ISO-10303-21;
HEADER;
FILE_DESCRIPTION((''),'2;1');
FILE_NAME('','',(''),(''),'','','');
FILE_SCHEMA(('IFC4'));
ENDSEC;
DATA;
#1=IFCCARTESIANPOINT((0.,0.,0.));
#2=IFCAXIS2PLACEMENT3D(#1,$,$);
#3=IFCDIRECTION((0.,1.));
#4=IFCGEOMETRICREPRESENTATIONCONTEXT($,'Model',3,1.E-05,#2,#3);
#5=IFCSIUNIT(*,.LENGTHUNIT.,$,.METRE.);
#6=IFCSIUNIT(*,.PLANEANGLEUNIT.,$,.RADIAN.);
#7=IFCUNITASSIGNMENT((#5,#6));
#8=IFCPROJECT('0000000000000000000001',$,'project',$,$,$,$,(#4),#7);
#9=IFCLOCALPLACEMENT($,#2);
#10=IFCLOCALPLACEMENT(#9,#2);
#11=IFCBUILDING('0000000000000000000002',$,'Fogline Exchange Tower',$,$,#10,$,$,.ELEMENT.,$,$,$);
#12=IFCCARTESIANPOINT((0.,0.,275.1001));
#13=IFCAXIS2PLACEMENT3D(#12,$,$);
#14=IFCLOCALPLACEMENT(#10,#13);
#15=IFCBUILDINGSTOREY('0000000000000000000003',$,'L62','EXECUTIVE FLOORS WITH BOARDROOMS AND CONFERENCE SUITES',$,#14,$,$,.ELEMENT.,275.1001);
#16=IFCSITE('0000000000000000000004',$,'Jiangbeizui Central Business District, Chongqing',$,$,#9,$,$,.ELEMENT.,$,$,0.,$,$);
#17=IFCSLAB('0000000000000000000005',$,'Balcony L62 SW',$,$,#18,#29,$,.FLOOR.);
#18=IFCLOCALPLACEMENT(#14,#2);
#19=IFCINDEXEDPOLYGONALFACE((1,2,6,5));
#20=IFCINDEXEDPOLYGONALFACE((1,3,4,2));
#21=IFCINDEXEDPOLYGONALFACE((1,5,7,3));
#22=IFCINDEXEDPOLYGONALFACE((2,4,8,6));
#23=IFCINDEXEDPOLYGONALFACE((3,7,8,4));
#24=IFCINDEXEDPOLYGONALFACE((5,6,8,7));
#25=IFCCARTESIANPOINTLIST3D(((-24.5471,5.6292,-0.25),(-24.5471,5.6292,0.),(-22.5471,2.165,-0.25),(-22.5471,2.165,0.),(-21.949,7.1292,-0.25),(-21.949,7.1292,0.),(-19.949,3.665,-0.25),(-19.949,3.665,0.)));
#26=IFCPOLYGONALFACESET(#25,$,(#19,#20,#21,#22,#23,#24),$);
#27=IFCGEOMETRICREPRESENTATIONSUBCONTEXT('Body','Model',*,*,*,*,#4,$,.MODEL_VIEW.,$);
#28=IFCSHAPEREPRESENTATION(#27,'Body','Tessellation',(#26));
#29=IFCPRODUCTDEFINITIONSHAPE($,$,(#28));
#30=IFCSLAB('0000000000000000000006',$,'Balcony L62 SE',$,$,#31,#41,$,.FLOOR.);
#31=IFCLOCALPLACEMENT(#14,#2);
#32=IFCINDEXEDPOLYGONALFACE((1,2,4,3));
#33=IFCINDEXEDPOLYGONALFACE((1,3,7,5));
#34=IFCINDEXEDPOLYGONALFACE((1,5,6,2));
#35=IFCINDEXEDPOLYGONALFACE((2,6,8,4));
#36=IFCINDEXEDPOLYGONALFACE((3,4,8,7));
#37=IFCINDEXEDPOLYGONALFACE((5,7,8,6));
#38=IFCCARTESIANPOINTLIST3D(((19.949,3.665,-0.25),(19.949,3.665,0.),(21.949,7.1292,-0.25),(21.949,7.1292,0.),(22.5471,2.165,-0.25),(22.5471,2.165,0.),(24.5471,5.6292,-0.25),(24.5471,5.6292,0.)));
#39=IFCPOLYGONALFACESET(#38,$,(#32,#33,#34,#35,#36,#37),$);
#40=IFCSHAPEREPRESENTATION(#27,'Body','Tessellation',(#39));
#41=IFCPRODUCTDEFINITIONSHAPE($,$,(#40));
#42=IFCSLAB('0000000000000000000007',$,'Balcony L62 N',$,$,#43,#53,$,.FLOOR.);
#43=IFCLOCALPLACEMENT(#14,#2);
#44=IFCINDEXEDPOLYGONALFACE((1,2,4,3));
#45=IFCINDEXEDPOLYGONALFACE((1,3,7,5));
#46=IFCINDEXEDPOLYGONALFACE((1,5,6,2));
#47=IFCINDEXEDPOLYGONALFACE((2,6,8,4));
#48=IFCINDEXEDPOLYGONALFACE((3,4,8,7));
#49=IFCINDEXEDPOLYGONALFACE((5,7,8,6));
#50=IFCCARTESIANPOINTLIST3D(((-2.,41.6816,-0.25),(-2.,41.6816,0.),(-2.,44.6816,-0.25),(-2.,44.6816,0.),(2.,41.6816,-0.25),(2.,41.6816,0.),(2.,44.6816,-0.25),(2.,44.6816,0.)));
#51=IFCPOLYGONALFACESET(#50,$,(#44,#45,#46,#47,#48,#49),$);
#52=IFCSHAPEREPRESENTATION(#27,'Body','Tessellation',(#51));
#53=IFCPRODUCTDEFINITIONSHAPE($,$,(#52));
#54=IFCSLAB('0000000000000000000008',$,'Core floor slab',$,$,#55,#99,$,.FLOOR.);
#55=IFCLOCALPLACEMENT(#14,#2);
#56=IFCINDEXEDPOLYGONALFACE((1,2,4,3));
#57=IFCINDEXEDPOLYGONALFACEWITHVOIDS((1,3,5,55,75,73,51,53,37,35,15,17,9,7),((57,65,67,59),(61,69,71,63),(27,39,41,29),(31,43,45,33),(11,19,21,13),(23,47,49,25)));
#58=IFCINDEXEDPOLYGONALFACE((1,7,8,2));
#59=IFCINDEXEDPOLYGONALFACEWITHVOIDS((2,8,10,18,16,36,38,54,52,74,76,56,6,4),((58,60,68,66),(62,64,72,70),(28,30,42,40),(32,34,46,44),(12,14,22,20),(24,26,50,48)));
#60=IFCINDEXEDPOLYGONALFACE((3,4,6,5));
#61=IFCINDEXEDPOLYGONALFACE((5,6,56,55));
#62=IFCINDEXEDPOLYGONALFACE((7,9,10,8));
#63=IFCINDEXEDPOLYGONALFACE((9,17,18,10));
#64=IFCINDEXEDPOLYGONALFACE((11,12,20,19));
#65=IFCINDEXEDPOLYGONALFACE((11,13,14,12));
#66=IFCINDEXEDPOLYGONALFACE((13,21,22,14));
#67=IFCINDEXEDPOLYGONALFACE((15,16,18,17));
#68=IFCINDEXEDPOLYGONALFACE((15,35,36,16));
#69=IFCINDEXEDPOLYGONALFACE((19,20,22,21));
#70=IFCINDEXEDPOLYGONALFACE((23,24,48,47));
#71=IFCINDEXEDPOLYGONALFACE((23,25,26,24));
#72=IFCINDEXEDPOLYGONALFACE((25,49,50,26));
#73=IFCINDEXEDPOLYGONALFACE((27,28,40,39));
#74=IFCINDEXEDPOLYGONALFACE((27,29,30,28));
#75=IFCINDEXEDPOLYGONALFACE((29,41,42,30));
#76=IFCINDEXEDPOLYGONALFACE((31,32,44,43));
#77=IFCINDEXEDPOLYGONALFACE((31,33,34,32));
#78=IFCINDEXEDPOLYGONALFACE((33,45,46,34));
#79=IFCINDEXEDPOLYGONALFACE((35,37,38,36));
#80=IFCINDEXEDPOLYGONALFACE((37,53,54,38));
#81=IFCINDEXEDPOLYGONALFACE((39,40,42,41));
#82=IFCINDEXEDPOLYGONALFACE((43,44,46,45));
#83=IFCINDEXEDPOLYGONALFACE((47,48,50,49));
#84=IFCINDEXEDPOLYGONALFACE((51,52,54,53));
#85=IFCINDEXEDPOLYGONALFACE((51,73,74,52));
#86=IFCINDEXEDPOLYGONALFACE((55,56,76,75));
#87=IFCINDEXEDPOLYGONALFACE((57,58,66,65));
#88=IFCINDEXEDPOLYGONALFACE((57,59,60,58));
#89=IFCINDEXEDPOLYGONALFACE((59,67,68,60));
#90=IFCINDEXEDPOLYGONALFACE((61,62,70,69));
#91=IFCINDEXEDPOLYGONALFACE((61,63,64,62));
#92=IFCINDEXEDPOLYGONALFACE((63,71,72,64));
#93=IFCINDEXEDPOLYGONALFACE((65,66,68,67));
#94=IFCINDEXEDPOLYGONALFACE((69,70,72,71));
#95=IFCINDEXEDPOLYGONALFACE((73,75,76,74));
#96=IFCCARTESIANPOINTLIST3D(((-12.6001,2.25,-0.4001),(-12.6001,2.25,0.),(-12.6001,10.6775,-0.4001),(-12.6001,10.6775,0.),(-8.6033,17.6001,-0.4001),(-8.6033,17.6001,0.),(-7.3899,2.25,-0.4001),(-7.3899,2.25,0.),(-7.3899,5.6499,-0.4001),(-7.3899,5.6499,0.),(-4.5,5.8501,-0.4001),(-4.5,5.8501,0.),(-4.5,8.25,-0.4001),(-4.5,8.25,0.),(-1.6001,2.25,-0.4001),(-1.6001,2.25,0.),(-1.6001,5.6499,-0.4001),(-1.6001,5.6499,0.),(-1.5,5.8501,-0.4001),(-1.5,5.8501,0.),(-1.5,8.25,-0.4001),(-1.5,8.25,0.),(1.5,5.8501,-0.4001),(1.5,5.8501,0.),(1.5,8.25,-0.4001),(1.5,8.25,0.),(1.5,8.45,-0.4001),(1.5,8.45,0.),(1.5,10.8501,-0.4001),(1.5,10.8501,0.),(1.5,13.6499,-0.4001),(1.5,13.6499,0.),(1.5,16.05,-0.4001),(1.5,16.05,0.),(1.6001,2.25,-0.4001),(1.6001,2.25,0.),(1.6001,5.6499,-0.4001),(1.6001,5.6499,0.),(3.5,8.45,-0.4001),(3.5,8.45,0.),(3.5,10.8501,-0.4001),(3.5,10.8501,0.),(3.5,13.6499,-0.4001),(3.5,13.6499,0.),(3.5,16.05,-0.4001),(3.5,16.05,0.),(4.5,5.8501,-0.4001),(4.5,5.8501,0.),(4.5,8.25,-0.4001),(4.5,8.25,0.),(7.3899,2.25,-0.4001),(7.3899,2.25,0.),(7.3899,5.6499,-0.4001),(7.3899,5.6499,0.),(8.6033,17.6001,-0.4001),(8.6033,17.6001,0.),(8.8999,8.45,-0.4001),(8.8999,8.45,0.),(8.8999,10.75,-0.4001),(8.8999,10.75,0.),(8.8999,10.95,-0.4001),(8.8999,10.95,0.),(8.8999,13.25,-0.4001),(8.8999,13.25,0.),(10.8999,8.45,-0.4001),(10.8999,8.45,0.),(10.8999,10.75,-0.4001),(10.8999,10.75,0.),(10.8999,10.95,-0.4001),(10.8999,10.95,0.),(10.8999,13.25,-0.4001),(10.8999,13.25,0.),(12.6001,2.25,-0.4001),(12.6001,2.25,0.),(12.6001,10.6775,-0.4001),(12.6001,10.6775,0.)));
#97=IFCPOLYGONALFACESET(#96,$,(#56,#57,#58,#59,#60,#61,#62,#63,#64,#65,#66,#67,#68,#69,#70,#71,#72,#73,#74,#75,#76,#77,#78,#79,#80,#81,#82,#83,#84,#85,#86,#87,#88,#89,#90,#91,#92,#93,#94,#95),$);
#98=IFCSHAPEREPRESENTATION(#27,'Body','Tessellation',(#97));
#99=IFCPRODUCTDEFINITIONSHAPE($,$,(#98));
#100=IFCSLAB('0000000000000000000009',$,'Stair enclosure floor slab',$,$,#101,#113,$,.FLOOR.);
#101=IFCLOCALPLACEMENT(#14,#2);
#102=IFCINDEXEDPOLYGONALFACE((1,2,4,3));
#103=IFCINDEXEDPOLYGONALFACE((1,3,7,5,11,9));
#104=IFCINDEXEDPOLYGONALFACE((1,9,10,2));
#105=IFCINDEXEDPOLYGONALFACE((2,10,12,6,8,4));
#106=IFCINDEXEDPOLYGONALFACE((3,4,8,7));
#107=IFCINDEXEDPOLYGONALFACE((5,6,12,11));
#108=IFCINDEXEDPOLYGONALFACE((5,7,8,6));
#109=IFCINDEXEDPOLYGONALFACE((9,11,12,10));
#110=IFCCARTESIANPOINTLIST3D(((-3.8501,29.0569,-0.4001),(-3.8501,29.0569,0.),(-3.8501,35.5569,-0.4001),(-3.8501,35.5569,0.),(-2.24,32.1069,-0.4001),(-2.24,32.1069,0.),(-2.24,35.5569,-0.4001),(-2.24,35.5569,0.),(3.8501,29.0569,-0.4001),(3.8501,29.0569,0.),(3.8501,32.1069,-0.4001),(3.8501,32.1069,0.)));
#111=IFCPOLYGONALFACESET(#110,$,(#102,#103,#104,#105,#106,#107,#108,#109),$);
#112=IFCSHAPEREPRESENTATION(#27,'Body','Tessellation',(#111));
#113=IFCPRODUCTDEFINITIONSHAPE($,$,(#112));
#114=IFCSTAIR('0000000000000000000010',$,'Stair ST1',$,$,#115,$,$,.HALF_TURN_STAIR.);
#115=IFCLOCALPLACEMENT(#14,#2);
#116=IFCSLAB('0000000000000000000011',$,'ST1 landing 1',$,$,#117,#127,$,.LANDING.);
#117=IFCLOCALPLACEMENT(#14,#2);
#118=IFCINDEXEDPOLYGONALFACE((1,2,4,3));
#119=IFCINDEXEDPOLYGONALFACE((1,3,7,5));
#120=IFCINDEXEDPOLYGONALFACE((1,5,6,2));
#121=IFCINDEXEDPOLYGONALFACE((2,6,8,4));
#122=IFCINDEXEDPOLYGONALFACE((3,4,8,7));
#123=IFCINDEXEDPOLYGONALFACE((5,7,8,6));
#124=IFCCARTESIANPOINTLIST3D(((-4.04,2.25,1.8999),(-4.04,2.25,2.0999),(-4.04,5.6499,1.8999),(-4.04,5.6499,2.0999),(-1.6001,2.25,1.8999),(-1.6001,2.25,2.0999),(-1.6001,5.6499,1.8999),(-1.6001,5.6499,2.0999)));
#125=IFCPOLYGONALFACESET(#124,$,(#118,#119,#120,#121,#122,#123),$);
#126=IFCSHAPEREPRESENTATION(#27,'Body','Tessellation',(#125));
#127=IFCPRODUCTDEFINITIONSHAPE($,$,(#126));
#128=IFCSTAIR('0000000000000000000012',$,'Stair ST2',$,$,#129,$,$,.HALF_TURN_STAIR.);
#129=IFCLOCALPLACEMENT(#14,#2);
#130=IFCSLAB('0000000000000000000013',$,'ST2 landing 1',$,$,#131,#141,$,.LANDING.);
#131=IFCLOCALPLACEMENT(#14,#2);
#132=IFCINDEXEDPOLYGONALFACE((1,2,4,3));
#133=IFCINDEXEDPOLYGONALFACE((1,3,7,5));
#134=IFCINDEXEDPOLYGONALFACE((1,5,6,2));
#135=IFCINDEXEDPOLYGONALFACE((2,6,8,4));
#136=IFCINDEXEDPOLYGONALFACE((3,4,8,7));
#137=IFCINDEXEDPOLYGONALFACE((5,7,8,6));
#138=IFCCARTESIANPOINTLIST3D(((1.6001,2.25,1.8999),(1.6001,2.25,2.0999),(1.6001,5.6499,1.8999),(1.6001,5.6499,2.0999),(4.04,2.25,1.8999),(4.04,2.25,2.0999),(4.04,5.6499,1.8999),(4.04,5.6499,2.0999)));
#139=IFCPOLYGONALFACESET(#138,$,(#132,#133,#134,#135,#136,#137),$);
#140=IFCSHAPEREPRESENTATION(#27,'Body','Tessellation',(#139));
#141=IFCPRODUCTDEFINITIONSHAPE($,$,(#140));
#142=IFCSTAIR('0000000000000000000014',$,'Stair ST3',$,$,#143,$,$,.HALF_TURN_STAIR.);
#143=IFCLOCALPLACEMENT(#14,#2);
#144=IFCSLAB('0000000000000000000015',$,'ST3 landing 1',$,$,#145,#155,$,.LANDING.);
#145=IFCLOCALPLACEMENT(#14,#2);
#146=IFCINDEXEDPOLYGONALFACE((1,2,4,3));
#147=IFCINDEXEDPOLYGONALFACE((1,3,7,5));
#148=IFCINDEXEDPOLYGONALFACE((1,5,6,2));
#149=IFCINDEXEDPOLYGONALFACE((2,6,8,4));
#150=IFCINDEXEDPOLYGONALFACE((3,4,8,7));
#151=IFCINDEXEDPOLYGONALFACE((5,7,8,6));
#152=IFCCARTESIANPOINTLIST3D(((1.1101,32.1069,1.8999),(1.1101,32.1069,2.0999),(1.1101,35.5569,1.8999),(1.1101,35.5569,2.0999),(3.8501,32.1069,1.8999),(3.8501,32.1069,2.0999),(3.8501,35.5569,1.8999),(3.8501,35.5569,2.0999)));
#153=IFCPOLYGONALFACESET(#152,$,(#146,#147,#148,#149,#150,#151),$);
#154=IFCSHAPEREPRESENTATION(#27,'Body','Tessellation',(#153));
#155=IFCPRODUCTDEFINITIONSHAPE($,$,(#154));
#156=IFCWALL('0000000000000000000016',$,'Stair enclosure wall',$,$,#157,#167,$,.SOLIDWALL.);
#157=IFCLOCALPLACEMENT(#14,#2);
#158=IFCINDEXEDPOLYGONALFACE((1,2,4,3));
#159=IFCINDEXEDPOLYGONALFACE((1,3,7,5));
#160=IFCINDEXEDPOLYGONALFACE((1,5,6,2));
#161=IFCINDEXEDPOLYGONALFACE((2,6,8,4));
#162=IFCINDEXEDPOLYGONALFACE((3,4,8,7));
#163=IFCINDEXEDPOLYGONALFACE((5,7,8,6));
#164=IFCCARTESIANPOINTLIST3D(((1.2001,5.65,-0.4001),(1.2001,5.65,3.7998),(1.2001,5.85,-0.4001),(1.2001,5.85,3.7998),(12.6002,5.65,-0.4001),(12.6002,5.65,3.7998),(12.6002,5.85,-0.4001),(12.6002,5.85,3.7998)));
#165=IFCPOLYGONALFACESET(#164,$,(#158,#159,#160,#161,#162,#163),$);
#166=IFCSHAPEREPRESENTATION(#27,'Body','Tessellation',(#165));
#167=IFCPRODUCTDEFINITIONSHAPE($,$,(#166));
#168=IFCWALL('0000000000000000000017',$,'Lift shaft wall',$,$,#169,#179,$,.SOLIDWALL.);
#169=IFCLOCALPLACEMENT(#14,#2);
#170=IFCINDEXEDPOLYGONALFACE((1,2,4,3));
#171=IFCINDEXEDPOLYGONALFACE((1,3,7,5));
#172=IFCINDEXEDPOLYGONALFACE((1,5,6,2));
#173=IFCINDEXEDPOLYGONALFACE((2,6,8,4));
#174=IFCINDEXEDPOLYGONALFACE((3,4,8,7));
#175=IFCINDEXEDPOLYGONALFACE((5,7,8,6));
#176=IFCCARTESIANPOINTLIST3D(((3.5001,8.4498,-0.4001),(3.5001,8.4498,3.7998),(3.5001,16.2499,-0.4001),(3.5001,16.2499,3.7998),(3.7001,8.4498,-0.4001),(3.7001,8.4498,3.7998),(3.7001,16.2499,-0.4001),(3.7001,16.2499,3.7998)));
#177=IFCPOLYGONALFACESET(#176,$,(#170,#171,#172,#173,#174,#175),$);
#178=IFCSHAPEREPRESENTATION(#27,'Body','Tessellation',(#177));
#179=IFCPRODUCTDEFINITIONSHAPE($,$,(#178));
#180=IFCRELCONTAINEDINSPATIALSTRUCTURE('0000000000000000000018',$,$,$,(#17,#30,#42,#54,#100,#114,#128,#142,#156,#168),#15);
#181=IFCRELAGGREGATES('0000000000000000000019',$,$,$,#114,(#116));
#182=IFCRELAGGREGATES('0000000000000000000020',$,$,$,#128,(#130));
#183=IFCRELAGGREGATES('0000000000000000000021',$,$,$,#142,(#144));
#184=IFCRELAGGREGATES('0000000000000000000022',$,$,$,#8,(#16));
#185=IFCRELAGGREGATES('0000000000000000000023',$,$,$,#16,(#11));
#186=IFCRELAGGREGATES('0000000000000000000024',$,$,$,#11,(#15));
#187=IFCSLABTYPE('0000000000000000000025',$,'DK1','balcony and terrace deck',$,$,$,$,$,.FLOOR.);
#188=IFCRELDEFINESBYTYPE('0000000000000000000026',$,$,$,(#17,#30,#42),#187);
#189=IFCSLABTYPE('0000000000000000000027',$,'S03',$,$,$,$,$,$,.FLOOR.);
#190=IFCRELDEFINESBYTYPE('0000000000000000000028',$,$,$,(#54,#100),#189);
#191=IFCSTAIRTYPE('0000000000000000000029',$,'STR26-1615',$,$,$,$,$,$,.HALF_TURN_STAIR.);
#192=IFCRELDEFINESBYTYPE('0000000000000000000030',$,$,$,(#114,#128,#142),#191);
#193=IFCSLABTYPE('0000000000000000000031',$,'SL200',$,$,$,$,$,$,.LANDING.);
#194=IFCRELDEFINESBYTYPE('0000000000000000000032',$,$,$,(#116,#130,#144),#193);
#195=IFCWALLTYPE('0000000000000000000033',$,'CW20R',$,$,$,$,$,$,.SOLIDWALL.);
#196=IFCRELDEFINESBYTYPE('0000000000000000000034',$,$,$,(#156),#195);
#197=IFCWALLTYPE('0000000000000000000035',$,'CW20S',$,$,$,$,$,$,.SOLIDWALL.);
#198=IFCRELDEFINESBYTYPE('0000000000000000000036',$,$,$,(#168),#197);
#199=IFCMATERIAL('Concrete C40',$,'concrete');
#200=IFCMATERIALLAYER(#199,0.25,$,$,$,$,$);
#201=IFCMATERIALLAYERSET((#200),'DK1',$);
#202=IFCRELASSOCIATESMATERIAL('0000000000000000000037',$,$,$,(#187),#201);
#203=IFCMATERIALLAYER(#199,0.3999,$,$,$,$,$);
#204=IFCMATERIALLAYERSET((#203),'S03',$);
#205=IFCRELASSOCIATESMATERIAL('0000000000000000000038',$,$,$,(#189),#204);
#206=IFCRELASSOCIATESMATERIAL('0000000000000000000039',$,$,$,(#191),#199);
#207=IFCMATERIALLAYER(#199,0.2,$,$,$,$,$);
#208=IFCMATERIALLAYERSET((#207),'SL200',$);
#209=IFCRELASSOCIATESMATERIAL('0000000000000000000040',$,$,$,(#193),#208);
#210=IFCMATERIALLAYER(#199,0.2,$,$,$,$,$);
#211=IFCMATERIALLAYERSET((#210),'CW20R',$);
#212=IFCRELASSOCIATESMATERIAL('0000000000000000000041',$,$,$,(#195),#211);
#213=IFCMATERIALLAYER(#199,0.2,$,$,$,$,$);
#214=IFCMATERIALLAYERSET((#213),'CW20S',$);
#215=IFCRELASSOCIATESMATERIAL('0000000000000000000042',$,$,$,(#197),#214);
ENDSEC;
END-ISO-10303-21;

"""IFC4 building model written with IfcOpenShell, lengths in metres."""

from ifc_helpers import new_model, si_unit, direction, frame, frame_2d, origin, place, context, subcontext, project, spatial, polyline, rectangle, outline, extrude, material, layer, layer_set, type_object, element, aggregate, save


model = new_model("IFC4")

# Units and contexts
model_context = context("Model", 3, precision=1e-05, world=origin(), true_north=direction((0.0, 1.0)))
body_context = subcontext(model_context, "Body", "Model", "MODEL_VIEW")
ifc_project = project(units=[si_unit("LENGTHUNIT", "METRE"), si_unit("PLANEANGLEUNIT", "RADIAN")], contexts=[model_context])

# Site, building, storey
site_placement = place(None, origin())
site = spatial("IfcSite", under=ifc_project, at=site_placement, Name="Jiangbeizui Central Business District, Chongqing", CompositionType="ELEMENT", RefElevation=0.0)
building_placement = place(site_placement, origin())
building = spatial("IfcBuilding", under=site, at=building_placement, Name="Fogline Exchange Tower", CompositionType="ELEMENT")
storey_placement = place(building_placement, frame((0.0, 0.0, 275.1001)))
storey = spatial("IfcBuildingStorey", under=building, at=storey_placement, Name="L62", Description="EXECUTIVE FLOORS WITH BOARDROOMS AND CONFERENCE SUITES", CompositionType="ELEMENT", Elevation=275.1001)

# Slabs
ifc_material_1 = material(Name="Concrete C40", Category="concrete")
ifc_layer_1 = layer(ifc_material_1, 0.25)
ifc_layer_set_1 = layer_set([ifc_layer_1], Name="DK1")
slab_type_1 = type_object("IfcSlabType", Name="DK1", Description="balcony and terrace deck", PredefinedType="FLOOR", material=ifc_layer_set_1)
slab_1_placement = place(storey_placement, frame((0.0, 0.0, -0.25)))
element("IfcSlab", 1, at=slab_1_placement, inside=storey, type_object=slab_type_1, Name="Balcony L62 SW", PredefinedType="FLOOR", context=body_context, shape_type="SweptSolid", body=[
    extrude(outline(polyline([(-24.5471, 5.6292), (-22.5471, 2.165), (-19.949, 3.665), (-21.949, 7.1292), (-24.5471, 5.6292)])), origin(), (0.0, 0.0, 1.0), 0.25),
])
slab_2_placement = place(storey_placement, frame((0.0, 0.0, -0.25)))
element("IfcSlab", 2, at=slab_2_placement, inside=storey, type_object=slab_type_1, Name="Balcony L62 SE", PredefinedType="FLOOR", context=body_context, shape_type="SweptSolid", body=[
    extrude(outline(polyline([(22.5471, 2.165), (24.5471, 5.6292), (21.949, 7.1292), (19.949, 3.665), (22.5471, 2.165)])), origin(), (0.0, 0.0, 1.0), 0.25),
])
slab_3_placement = place(storey_placement, frame((0.0, 0.0, -0.25)))
element("IfcSlab", 3, at=slab_3_placement, inside=storey, type_object=slab_type_1, Name="Balcony L62 N", PredefinedType="FLOOR", context=body_context, shape_type="SweptSolid", body=[
    extrude(outline(polyline([(2.0, 44.6816), (-2.0, 44.6816), (-2.0, 41.6816), (2.0, 41.6816), (2.0, 44.6816)])), origin(), (0.0, 0.0, 1.0), 0.25),
])
ifc_layer_2 = layer(ifc_material_1, 0.3999)
ifc_layer_set_2 = layer_set([ifc_layer_2], Name="S03")
slab_type_2 = type_object("IfcSlabType", Name="S03", PredefinedType="FLOOR", material=ifc_layer_set_2)
slab_4_placement = place(storey_placement, frame((0.0, 0.0, -0.4001)))
element("IfcSlab", 4, at=slab_4_placement, inside=storey, type_object=slab_type_2, Name="Core floor slab", PredefinedType="FLOOR", context=body_context, shape_type="SweptSolid", body=[
    extrude(outline(polyline([(-12.6001, 2.25), (-12.6001, 10.6775), (-8.6033, 17.6001), (8.6033, 17.6001), (12.6001, 10.6775), (12.6001, 2.25), (7.3899, 2.25), (7.3899, 5.6499), (1.6001, 5.6499), (1.6001, 2.25), (-1.6001, 2.25), (-1.6001, 5.6499), (-7.3899, 5.6499), (-7.3899, 2.25), (-12.6001, 2.25)]), holes=[polyline([(-4.5, 8.25), (-4.5, 5.8501), (-1.5, 5.8501), (-1.5, 8.25), (-4.5, 8.25)]), polyline([(1.5, 8.25), (1.5, 5.8501), (4.5, 5.8501), (4.5, 8.25), (1.5, 8.25)]), polyline([(8.8999, 10.75), (8.8999, 8.45), (10.8999, 8.45), (10.8999, 10.75), (8.8999, 10.75)]), polyline([(1.5, 10.8501), (1.5, 8.45), (3.5, 8.45), (3.5, 10.8501), (1.5, 10.8501)]), polyline([(8.8999, 13.25), (8.8999, 10.95), (10.8999, 10.95), (10.8999, 13.25), (8.8999, 13.25)]), polyline([(1.5, 16.05), (1.5, 13.6499), (3.5, 13.6499), (3.5, 16.05), (1.5, 16.05)])]), origin(), (0.0, 0.0, 1.0), 0.4001),
])
slab_5_placement = place(storey_placement, frame((0.0, 0.0, -0.4001)))
element("IfcSlab", 5, at=slab_5_placement, inside=storey, type_object=slab_type_2, Name="Stair enclosure floor slab", PredefinedType="FLOOR", context=body_context, shape_type="SweptSolid", body=[
    extrude(outline(polyline([(3.8501, 29.0569), (-3.8501, 29.0569), (-3.8501, 35.5569), (-2.24, 35.5569), (-2.24, 32.1069), (3.8501, 32.1069), (3.8501, 29.0569)])), origin(), (0.0, 0.0, 1.0), 0.4001),
])

# Stairs, slabs
stair_type = type_object("IfcStairType", Name="STR26-1615", PredefinedType="HALF_TURN_STAIR", material=ifc_material_1)
stair_1_placement = place(storey_placement, origin())
stair_1 = element("IfcStair", 6, at=stair_1_placement, inside=storey, type_object=stair_type, Name="Stair ST1", PredefinedType="HALF_TURN_STAIR")
ifc_layer_3 = layer(ifc_material_1, 0.2)
ifc_layer_set_3 = layer_set([ifc_layer_3], Name="SL200")
slab_type_3 = type_object("IfcSlabType", Name="SL200", PredefinedType="LANDING", material=ifc_layer_set_3)
slab_6_placement = place(storey_placement, frame((0.0, 0.0, 1.8999)))
slab_6 = element("IfcSlab", 7, at=slab_6_placement, type_object=slab_type_3, Name="ST1 landing 1", PredefinedType="LANDING", context=body_context, shape_type="SweptSolid", body=[
    extrude(outline(polyline([(-4.04, 2.25), (-1.6001, 2.25), (-1.6001, 5.6499), (-4.04, 5.6499), (-4.04, 2.25)])), origin(), (0.0, 0.0, 1.0), 0.2),
])
aggregate(stair_1, [slab_6])
stair_2_placement = place(storey_placement, origin())
stair_2 = element("IfcStair", 8, at=stair_2_placement, inside=storey, type_object=stair_type, Name="Stair ST2", PredefinedType="HALF_TURN_STAIR")
slab_7_placement = place(storey_placement, frame((0.0, 0.0, 1.8999)))
slab_7 = element("IfcSlab", 9, at=slab_7_placement, type_object=slab_type_3, Name="ST2 landing 1", PredefinedType="LANDING", context=body_context, shape_type="SweptSolid", body=[
    extrude(outline(polyline([(1.6001, 2.25), (4.04, 2.25), (4.04, 5.6499), (1.6001, 5.6499), (1.6001, 2.25)])), origin(), (0.0, 0.0, 1.0), 0.2),
])
aggregate(stair_2, [slab_7])
stair_3_placement = place(storey_placement, origin())
stair_3 = element("IfcStair", 10, at=stair_3_placement, inside=storey, type_object=stair_type, Name="Stair ST3", PredefinedType="HALF_TURN_STAIR")
slab_8_placement = place(storey_placement, frame((0.0, 0.0, 1.8999)))
slab_8 = element("IfcSlab", 11, at=slab_8_placement, type_object=slab_type_3, Name="ST3 landing 1", PredefinedType="LANDING", context=body_context, shape_type="SweptSolid", body=[
    extrude(outline(polyline([(1.1101, 32.1069), (3.8501, 32.1069), (3.8501, 35.5569), (1.1101, 35.5569), (1.1101, 32.1069)])), origin(), (0.0, 0.0, 1.0), 0.2),
])
aggregate(stair_3, [slab_8])

# Walls
ifc_layer_4 = layer(ifc_material_1, 0.2)
ifc_layer_set_4 = layer_set([ifc_layer_4], Name="CW20R")
wall_type_1 = type_object("IfcWallType", Name="CW20R", PredefinedType="SOLIDWALL", material=ifc_layer_set_4)
wall_1_placement = place(storey_placement, frame((1.2, 5.75, -0.4001), z_axis=(0.0, 0.0, 1.0), x_axis=(1.0, 0.0, 0.0)))
element("IfcWall", 12, at=wall_1_placement, inside=storey, type_object=wall_type_1, Name="Stair enclosure wall", PredefinedType="SOLIDWALL", context=body_context, shape_type="SweptSolid", body=[
    extrude(rectangle(XDim=11.4001, YDim=0.2, at=frame_2d((5.7002, 0.0))), origin(), (0.0, 0.0, 1.0), 4.2),
])
ifc_layer_5 = layer(ifc_material_1, 0.2)
ifc_layer_set_5 = layer_set([ifc_layer_5], Name="CW20S")
wall_type_2 = type_object("IfcWallType", Name="CW20S", PredefinedType="SOLIDWALL", material=ifc_layer_set_5)
wall_2_placement = place(storey_placement, frame((3.6001, 8.45, -0.4001), z_axis=(0.0, 0.0, 1.0), x_axis=(0.0, 1.0, 0.0)))
element("IfcWall", 13, at=wall_2_placement, inside=storey, type_object=wall_type_2, Name="Lift shaft wall", PredefinedType="SOLIDWALL", context=body_context, shape_type="SweptSolid", body=[
    extrude(rectangle(XDim=7.8, YDim=0.2, at=frame_2d((3.8999, 0.0))), origin(), (0.0, 0.0, 1.0), 4.2),
])

save(model, "model.ifc")
